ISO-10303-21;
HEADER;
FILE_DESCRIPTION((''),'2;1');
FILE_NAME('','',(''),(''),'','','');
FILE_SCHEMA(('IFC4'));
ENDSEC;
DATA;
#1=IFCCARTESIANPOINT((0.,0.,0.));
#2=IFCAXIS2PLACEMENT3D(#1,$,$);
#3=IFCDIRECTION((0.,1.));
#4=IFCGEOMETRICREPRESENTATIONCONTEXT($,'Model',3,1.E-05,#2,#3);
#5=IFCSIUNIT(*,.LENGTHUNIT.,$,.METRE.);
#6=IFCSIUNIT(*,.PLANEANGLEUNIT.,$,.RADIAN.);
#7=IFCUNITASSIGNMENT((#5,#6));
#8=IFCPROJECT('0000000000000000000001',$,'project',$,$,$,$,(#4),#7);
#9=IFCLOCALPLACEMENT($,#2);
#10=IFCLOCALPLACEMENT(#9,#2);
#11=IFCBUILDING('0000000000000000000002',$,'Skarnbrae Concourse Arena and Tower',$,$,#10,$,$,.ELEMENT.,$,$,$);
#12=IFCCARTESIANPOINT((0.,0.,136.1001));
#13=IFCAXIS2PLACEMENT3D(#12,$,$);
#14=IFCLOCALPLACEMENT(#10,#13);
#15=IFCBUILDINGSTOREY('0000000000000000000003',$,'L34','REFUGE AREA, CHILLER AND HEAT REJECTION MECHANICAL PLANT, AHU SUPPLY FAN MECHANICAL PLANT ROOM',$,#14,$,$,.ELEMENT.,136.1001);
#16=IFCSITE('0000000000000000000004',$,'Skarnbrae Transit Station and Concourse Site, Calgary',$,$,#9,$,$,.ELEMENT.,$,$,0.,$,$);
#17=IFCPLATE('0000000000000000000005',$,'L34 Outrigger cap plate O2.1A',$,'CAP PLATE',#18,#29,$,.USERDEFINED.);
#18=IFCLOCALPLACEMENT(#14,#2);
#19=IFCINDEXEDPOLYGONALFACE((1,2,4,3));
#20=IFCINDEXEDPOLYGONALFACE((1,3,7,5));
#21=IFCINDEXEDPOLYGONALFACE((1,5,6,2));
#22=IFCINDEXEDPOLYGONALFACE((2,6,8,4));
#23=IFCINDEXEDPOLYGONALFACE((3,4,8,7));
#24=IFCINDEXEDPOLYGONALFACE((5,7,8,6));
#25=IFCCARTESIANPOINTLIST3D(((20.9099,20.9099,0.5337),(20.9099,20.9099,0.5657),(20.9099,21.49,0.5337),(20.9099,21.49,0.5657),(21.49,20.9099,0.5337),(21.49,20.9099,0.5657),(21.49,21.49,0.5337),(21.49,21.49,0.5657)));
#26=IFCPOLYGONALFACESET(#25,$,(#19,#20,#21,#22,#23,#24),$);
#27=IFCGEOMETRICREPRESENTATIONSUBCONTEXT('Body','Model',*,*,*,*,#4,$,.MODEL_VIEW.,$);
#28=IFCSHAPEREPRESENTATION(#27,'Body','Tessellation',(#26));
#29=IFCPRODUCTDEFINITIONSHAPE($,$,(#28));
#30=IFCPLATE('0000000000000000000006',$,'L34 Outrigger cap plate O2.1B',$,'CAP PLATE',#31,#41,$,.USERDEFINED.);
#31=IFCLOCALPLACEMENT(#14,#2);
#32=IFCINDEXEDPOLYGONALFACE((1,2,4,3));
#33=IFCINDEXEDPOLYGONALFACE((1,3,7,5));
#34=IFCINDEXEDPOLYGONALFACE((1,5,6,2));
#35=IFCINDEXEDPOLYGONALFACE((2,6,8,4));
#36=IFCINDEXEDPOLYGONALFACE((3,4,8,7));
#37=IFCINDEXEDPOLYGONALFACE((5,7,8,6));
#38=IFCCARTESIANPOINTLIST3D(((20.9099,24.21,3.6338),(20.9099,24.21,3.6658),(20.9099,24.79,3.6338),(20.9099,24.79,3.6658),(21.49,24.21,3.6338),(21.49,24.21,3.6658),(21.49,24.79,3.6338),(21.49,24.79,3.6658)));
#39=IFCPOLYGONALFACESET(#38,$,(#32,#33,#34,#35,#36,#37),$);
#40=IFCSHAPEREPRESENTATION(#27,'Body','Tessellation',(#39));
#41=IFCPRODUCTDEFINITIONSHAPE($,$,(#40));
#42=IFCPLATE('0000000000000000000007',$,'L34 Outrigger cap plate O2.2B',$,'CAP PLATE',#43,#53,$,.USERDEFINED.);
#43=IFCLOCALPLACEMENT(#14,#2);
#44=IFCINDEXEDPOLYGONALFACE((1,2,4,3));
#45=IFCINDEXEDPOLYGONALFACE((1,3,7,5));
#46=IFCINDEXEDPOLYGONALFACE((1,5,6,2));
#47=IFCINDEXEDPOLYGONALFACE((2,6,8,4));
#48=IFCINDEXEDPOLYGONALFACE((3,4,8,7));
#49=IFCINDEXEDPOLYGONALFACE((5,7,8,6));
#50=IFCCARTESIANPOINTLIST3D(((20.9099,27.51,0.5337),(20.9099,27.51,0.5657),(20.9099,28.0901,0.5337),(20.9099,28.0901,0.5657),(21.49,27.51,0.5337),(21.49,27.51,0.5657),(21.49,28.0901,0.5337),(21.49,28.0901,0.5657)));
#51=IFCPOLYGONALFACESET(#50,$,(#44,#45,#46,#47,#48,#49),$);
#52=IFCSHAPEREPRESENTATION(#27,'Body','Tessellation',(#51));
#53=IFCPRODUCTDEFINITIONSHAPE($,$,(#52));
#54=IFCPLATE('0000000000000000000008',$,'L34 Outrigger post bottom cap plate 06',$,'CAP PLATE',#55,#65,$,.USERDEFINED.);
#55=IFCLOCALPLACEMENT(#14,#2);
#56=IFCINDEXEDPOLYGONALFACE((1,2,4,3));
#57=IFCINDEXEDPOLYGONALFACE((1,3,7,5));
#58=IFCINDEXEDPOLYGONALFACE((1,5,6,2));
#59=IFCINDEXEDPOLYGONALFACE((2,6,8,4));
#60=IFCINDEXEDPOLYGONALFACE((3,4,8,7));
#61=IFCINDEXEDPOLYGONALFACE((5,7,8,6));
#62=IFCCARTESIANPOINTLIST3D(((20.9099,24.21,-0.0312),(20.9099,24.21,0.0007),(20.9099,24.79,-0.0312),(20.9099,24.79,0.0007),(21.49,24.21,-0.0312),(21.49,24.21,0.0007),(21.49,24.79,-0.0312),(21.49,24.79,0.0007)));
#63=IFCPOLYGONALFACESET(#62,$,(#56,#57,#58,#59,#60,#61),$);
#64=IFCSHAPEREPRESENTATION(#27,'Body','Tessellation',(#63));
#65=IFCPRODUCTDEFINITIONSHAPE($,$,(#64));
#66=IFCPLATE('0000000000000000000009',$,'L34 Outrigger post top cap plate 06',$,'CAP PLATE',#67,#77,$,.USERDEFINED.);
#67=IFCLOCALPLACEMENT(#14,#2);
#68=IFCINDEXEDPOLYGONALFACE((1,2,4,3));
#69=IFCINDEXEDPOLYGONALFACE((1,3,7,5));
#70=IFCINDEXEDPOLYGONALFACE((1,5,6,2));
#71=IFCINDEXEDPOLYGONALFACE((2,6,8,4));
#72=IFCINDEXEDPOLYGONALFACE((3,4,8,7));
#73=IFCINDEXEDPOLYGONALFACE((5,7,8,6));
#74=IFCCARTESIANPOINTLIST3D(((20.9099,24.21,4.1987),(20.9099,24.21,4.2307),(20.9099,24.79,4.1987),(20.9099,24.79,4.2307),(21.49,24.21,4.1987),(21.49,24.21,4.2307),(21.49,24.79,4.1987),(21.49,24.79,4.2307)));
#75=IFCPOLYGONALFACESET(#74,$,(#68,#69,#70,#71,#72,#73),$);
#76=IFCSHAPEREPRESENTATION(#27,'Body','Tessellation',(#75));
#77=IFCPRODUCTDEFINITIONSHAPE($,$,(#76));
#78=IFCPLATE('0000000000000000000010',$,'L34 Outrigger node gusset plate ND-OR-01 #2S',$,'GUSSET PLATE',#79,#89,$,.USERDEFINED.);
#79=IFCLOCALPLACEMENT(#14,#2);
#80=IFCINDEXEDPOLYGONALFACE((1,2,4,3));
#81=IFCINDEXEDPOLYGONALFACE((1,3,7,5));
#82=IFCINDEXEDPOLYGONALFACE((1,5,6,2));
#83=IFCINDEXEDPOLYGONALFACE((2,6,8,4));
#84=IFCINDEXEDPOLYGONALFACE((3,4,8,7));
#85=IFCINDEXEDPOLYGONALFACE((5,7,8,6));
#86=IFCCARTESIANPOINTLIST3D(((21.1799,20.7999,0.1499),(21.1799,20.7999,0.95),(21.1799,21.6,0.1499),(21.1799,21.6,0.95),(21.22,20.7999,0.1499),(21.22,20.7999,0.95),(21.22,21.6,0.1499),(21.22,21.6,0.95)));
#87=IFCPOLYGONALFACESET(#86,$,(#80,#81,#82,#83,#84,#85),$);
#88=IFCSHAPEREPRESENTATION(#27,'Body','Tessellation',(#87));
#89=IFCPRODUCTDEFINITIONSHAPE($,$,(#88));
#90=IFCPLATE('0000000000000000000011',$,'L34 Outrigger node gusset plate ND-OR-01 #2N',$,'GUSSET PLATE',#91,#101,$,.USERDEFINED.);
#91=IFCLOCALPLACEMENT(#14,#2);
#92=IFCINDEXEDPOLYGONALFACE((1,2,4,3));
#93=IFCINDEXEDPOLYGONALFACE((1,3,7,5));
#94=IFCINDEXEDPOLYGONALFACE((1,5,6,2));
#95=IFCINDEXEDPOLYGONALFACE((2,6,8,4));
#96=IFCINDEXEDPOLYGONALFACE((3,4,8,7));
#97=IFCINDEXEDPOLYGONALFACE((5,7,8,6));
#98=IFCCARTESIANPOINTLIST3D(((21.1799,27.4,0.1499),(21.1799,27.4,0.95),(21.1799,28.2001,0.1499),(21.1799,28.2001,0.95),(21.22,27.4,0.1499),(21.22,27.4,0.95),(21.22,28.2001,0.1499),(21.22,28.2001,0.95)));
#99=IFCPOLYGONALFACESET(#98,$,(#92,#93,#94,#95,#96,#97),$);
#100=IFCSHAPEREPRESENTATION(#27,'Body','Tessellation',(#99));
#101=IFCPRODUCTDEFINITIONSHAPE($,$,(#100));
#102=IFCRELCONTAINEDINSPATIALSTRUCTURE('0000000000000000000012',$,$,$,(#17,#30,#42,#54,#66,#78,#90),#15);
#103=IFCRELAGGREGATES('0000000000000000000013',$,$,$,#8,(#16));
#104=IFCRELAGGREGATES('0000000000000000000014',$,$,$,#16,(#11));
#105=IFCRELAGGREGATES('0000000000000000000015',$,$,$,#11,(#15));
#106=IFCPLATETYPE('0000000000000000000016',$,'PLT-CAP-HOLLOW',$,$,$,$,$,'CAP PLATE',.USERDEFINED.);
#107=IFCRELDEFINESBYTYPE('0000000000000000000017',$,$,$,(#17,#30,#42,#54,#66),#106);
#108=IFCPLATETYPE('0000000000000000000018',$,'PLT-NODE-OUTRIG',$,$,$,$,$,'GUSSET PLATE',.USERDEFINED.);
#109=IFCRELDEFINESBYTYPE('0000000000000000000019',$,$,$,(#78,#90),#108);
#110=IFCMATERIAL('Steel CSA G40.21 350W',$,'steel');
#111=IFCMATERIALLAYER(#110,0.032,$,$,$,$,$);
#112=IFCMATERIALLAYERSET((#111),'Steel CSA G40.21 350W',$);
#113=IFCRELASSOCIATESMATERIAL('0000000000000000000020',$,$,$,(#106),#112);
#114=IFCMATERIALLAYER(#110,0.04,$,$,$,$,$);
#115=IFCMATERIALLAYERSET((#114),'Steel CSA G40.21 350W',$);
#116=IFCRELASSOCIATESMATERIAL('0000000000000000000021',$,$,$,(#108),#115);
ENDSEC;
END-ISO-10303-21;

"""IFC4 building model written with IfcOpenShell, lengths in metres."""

from ifc_helpers import new_model, si_unit, direction, frame, origin, origin_2d, place, context, subcontext, project, spatial, rectangle, extrude, source, transform, mapped, material, layer, layer_set, type_object, element, save


model = new_model("IFC4")

# Units and contexts
model_context = context("Model", 3, precision=1e-05, world=origin(), true_north=direction((0.0, 1.0)))
body_context = subcontext(model_context, "Body", "Model", "MODEL_VIEW")
ifc_project = project(units=[si_unit("LENGTHUNIT", "METRE"), si_unit("PLANEANGLEUNIT", "RADIAN")], contexts=[model_context])

# Site, building, storey
site_placement = place(None, origin())
site = spatial("IfcSite", under=ifc_project, at=site_placement, Name="Skarnbrae Transit Station and Concourse Site, Calgary", CompositionType="ELEMENT", RefElevation=0.0)
building_placement = place(site_placement, origin())
building = spatial("IfcBuilding", under=site, at=building_placement, Name="Skarnbrae Concourse Arena and Tower", CompositionType="ELEMENT")
storey_placement = place(building_placement, frame((0.0, 0.0, 136.1001)))
storey = spatial("IfcBuildingStorey", under=building, at=storey_placement, Name="L34", Description="REFUGE AREA, CHILLER AND HEAT REJECTION MECHANICAL PLANT, AHU SUPPLY FAN MECHANICAL PLANT ROOM", CompositionType="ELEMENT", Elevation=136.1001)

# Shared definitions
ifc_material = material(Name="Steel CSA G40.21 350W", Category="steel")

# Plates
ifc_layer_1 = layer(ifc_material, 0.032)
ifc_layer_set_1 = layer_set([ifc_layer_1], Name="Steel CSA G40.21 350W")
plate_type_1 = type_object("IfcPlateType", Name="PLT-CAP-HOLLOW", ElementType="CAP PLATE", PredefinedType="USERDEFINED", material=ifc_layer_set_1)
shared_shape_1 = source(origin(), body_context, "Body", "SweptSolid", [
    extrude(rectangle(XDim=0.5801, YDim=0.5801, at=origin_2d()), origin(), (0.0, 0.0, 1.0), 0.032),
])
for number, where, z_axis, x_axis, name in (
    (1, (21.2, 21.2, 0.5337), (0.0, 0.0, 1.0), (1.0, 0.0, 0.0), "L34 Outrigger cap plate O2.1A"),
    (2, (21.2, 24.5, 3.6338), (0.0, 0.0, 1.0), (1.0, 0.0, 0.0), "L34 Outrigger cap plate O2.1B"),
    (3, (21.2, 27.8, 0.5337), (0.0, 0.0, 1.0), (1.0, 0.0, 0.0), "L34 Outrigger cap plate O2.2B"),
    (4, (21.2, 24.5, -0.0312), (0.0, 0.0, 1.0), (1.0, 0.0, 0.0), "L34 Outrigger post bottom cap plate 06"),
    (5, (21.2, 24.5, 4.1987), (0.0, 0.0, 1.0), (1.0, 0.0, 0.0), "L34 Outrigger post top cap plate 06"),
):
    element("IfcPlate", number, at=place(storey_placement, frame(where, z_axis=z_axis, x_axis=x_axis)), inside=storey, type_object=plate_type_1, Name=name, ObjectType="CAP PLATE", PredefinedType="USERDEFINED", context=body_context, shape_type="MappedRepresentation", body=[
        mapped(shared_shape_1, transform((0.0, 0.0, 0.0))),
    ])
ifc_layer_2 = layer(ifc_material, 0.04)
ifc_layer_set_2 = layer_set([ifc_layer_2], Name="Steel CSA G40.21 350W")
plate_type_2 = type_object("IfcPlateType", Name="PLT-NODE-OUTRIG", ElementType="GUSSET PLATE", PredefinedType="USERDEFINED", material=ifc_layer_set_2)
shared_shape_2 = source(origin(), body_context, "Body", "SweptSolid", [
    extrude(rectangle(XDim=0.8, YDim=0.04, at=origin_2d()), origin(), (0.0, 0.0, 1.0), 0.8),
])
for number, where, z_axis, x_axis, name in (
    (6, (21.2, 21.2, 0.1499), (0.0, 0.0, 1.0), (0.0, 1.0, 0.0), "L34 Outrigger node gusset plate ND-OR-01 #2S"),
    (7, (21.2, 27.8, 0.1499), (0.0, 0.0, 1.0), (0.0, 1.0, 0.0), "L34 Outrigger node gusset plate ND-OR-01 #2N"),
):
    element("IfcPlate", number, at=place(storey_placement, frame(where, z_axis=z_axis, x_axis=x_axis)), inside=storey, type_object=plate_type_2, Name=name, ObjectType="GUSSET PLATE", PredefinedType="USERDEFINED", context=body_context, shape_type="MappedRepresentation", body=[
        mapped(shared_shape_2, transform((0.0, 0.0, 0.0))),
    ])

save(model, "model.ifc")
